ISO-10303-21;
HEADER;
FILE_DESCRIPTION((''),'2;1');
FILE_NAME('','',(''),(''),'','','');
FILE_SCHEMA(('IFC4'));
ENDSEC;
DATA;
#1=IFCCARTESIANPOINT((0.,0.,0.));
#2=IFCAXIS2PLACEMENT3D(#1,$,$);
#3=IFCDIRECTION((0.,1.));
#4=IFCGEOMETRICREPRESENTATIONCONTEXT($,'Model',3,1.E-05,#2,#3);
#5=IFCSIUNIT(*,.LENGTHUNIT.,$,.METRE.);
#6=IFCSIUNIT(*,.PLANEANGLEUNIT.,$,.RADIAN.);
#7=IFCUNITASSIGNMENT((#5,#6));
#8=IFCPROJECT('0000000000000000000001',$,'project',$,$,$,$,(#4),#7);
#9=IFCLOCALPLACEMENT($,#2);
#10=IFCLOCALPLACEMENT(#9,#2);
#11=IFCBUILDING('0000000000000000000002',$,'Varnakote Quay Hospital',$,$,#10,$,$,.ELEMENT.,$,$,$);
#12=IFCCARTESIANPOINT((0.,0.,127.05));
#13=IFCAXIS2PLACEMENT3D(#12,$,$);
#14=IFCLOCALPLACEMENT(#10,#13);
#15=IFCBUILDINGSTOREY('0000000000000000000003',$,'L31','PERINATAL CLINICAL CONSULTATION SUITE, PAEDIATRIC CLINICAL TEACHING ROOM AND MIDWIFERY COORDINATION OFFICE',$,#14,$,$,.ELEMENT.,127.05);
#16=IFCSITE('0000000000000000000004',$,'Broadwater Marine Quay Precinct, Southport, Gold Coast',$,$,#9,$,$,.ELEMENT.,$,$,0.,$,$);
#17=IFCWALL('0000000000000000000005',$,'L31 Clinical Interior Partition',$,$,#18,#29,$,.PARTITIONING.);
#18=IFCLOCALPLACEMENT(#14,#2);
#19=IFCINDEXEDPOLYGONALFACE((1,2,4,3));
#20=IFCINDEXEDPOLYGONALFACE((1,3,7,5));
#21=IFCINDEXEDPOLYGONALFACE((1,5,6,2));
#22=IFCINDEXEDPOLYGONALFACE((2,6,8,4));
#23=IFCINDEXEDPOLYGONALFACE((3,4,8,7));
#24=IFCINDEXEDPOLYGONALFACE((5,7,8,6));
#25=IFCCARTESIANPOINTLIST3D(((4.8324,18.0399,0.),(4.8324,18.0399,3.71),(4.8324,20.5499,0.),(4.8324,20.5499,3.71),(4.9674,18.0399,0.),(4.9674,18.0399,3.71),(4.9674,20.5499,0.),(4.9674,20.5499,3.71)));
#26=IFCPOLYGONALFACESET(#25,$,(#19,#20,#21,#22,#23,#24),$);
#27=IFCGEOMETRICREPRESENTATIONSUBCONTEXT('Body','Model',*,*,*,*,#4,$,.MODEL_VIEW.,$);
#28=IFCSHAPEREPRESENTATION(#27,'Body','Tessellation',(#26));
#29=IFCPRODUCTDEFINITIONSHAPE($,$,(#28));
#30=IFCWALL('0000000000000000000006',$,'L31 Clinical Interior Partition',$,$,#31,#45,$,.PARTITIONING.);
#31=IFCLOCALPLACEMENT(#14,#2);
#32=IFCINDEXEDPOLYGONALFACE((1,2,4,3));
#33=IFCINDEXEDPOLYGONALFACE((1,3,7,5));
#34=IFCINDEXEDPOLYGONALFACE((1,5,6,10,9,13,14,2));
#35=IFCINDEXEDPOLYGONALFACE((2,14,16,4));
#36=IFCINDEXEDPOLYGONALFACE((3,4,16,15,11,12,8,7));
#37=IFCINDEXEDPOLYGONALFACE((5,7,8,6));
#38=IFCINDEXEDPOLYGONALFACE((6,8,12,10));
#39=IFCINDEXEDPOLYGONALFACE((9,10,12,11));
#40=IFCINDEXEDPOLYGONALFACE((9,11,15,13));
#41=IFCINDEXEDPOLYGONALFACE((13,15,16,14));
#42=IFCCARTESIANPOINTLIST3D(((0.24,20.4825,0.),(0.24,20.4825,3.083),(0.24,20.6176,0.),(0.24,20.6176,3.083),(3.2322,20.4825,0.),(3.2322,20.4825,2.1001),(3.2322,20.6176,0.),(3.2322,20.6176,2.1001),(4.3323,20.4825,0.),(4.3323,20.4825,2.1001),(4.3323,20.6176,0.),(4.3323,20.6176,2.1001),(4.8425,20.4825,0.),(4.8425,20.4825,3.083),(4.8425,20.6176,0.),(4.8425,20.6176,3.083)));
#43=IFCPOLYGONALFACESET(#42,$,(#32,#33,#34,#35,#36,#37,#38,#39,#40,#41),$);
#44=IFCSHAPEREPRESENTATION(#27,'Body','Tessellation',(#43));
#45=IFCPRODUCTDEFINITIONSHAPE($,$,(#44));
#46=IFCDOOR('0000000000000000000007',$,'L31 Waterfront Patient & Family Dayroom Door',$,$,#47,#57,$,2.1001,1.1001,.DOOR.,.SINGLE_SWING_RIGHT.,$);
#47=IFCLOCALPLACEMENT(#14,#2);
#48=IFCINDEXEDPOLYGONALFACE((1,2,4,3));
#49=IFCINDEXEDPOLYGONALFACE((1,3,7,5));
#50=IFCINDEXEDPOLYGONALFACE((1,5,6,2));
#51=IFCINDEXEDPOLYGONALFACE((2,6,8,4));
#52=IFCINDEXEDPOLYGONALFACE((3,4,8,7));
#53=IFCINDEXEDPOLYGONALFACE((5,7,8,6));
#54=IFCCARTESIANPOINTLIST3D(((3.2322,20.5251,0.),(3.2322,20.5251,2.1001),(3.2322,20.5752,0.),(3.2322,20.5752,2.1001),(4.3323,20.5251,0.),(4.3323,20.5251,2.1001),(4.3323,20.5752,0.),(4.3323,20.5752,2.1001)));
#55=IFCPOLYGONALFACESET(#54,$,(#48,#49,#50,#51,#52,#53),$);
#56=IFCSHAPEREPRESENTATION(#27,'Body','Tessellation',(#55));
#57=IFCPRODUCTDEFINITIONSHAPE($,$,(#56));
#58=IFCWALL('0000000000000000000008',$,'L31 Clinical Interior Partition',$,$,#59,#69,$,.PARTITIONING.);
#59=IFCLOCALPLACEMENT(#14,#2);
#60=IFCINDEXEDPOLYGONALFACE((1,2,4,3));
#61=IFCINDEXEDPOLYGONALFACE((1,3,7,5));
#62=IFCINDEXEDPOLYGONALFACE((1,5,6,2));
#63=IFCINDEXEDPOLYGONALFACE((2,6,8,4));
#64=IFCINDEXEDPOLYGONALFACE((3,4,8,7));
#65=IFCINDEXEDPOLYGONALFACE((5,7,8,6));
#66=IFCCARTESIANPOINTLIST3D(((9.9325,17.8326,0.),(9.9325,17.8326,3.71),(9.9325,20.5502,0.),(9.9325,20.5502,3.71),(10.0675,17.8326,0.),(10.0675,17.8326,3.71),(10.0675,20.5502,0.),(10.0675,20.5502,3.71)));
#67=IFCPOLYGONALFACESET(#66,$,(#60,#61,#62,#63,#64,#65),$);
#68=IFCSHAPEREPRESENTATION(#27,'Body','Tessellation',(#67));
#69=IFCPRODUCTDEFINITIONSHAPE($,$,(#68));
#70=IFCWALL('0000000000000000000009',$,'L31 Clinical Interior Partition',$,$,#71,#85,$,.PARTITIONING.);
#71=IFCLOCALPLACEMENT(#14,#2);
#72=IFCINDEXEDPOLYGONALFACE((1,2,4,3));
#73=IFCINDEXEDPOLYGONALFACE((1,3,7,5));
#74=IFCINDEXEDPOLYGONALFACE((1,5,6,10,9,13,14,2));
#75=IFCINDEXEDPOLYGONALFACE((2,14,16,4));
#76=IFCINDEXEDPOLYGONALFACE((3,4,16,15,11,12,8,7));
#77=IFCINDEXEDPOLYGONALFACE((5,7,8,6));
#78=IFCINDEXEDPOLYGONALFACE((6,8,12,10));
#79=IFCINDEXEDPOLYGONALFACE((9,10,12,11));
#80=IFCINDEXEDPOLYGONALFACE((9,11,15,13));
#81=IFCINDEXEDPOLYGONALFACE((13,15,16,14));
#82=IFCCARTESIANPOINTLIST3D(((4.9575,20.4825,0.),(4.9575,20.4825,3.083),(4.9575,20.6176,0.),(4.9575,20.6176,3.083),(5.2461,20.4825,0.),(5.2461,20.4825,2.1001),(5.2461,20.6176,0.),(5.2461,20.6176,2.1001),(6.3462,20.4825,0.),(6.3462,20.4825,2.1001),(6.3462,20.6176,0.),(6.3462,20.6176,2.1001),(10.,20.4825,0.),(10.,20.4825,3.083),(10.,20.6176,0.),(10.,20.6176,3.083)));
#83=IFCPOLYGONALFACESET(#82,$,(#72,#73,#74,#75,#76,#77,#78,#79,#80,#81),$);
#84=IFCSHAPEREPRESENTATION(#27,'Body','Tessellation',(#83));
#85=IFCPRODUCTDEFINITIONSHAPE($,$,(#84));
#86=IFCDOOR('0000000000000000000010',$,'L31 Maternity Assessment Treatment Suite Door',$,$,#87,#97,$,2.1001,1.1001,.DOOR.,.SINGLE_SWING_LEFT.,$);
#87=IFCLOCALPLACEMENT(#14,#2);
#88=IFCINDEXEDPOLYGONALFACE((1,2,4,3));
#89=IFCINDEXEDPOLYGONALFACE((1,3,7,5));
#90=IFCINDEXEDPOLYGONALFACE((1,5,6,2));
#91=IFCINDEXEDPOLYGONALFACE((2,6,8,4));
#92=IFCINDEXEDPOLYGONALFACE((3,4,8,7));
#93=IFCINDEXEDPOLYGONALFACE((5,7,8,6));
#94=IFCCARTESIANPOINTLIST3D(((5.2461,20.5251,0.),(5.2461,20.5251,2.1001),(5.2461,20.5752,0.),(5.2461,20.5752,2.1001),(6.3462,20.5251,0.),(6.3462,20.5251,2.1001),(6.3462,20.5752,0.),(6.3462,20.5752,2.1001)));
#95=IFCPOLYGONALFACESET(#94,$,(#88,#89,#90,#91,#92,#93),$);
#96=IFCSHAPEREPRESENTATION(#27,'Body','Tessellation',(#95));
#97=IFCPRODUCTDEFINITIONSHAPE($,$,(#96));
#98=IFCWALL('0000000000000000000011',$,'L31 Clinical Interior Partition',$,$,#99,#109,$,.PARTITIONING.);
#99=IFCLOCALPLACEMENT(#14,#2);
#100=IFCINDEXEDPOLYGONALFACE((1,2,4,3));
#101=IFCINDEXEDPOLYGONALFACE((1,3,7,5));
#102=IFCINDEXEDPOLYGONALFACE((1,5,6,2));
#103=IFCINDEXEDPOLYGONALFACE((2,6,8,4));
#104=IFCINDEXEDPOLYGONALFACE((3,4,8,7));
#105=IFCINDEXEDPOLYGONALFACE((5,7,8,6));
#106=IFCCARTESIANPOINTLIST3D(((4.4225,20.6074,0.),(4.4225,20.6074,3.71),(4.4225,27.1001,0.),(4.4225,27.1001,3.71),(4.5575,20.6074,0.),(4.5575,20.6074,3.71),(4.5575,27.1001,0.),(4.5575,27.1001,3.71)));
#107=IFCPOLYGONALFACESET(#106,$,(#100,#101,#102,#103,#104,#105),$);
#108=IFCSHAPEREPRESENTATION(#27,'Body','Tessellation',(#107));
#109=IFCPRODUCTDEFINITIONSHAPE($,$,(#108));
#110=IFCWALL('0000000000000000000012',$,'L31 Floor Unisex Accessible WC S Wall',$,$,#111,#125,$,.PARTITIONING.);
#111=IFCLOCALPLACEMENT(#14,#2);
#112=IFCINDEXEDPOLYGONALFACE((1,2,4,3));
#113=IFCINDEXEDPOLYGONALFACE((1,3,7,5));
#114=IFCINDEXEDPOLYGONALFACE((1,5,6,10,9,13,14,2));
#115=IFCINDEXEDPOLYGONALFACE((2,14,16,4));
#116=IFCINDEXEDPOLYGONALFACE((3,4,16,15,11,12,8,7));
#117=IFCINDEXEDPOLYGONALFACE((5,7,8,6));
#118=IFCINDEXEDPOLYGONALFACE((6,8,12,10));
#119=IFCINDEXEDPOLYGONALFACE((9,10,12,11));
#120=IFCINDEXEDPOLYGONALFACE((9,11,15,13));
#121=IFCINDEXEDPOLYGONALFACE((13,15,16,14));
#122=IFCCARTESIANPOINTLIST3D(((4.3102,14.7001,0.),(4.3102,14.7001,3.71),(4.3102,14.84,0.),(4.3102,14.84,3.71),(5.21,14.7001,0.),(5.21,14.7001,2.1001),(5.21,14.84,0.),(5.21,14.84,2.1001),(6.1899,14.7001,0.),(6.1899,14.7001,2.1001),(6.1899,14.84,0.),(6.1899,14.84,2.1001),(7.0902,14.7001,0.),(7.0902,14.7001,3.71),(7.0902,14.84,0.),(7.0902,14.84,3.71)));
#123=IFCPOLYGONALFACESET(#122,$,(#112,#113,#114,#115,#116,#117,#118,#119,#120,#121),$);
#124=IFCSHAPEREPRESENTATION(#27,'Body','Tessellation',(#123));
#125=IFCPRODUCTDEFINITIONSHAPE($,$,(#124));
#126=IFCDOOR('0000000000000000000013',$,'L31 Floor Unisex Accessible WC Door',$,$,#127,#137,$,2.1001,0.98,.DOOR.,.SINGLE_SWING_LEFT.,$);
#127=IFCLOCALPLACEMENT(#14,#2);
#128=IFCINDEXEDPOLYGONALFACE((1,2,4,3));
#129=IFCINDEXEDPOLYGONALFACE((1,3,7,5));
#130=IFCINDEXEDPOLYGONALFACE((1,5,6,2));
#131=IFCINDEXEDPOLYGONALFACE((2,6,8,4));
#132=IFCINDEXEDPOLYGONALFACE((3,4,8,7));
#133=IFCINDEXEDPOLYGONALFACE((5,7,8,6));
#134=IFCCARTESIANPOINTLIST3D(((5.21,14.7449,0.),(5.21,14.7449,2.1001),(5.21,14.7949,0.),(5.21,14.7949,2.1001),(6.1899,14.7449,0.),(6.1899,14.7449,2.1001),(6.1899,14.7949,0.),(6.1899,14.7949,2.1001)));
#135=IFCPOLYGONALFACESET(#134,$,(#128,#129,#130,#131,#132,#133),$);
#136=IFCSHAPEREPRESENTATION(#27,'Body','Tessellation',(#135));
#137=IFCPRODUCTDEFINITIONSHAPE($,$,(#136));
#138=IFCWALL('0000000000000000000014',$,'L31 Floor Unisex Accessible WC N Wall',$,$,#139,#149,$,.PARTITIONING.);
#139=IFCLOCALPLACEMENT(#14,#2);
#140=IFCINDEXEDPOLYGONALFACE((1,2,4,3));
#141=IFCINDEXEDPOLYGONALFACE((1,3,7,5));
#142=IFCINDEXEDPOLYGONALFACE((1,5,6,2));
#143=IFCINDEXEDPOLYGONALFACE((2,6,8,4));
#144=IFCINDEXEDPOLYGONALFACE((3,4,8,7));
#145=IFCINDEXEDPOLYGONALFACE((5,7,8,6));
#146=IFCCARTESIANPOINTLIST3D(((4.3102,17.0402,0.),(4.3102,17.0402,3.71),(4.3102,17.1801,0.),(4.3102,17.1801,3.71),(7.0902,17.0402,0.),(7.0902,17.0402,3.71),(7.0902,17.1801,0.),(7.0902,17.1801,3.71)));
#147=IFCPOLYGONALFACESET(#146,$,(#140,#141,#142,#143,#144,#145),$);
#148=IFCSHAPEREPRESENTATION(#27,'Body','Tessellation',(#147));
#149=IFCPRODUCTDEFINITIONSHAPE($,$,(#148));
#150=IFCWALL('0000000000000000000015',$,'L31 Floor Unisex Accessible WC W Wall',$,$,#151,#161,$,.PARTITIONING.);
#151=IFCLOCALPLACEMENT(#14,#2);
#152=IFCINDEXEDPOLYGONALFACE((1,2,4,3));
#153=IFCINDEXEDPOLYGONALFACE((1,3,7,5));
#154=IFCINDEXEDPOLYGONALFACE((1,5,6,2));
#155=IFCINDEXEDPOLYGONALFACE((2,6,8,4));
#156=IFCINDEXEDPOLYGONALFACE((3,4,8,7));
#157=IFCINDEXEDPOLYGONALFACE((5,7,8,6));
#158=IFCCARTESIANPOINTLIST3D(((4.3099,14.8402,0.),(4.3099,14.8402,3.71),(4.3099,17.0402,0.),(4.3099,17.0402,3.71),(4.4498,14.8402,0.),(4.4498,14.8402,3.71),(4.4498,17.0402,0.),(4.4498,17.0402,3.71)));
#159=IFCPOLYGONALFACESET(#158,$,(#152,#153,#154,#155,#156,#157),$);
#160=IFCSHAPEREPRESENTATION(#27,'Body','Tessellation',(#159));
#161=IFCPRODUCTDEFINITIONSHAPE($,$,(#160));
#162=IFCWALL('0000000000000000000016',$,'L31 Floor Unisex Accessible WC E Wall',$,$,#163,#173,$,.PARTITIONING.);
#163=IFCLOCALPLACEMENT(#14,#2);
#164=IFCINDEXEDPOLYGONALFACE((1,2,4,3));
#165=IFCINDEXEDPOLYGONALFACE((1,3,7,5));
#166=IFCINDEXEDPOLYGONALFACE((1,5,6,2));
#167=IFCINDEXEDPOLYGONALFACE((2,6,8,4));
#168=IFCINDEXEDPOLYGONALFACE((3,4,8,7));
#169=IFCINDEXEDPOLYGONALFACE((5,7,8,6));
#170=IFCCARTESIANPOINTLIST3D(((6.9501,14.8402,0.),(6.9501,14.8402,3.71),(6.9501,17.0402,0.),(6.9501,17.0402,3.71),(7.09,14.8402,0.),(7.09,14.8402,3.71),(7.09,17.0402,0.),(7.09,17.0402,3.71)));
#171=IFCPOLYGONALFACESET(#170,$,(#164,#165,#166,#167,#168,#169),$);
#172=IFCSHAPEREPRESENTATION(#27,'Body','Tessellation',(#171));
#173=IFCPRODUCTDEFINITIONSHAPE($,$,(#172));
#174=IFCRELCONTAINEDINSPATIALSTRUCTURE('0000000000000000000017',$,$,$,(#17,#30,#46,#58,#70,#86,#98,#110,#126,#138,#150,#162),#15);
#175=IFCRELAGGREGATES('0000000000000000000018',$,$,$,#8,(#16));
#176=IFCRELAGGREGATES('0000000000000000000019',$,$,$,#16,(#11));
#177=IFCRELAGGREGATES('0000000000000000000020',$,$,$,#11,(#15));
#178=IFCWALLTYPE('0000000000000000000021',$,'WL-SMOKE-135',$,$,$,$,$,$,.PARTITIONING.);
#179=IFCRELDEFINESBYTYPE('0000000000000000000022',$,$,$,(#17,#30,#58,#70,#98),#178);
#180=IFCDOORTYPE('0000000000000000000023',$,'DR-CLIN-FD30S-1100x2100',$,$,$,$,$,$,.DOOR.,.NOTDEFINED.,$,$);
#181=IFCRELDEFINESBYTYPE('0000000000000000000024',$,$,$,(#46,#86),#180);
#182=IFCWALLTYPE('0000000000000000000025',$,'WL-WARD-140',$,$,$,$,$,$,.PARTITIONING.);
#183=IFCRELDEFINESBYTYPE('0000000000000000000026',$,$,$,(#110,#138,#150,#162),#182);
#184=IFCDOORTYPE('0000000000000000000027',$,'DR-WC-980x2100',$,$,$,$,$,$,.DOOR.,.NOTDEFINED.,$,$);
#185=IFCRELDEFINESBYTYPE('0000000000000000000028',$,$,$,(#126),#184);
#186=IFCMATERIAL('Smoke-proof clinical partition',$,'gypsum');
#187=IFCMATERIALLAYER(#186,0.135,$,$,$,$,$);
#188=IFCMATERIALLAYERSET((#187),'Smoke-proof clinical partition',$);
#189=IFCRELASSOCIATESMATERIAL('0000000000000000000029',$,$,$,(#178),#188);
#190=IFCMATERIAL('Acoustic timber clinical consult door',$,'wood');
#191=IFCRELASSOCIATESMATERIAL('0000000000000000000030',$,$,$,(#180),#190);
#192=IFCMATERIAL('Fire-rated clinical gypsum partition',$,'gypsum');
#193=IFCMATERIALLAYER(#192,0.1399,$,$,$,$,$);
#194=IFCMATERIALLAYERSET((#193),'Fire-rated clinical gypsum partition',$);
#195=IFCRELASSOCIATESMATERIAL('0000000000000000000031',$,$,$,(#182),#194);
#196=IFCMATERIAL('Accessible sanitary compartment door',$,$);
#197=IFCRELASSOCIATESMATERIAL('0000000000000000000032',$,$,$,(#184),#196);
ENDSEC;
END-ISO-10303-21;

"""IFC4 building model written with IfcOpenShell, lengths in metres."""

from ifc_helpers import new_model, si_unit, direction, frame, frame_2d, origin, place, context, subcontext, project, spatial, rectangle, extrude, material, layer, layer_set, type_object, element, fill, save


model = new_model("IFC4")

# Units and contexts
model_context = context("Model", 3, precision=1e-05, world=origin(), true_north=direction((0.0, 1.0)))
body_context = subcontext(model_context, "Body", "Model", "MODEL_VIEW")
ifc_project = project(units=[si_unit("LENGTHUNIT", "METRE"), si_unit("PLANEANGLEUNIT", "RADIAN")], contexts=[model_context])

# Site, building, storey
site_placement = place(None, origin())
site = spatial("IfcSite", under=ifc_project, at=site_placement, Name="Broadwater Marine Quay Precinct, Southport, Gold Coast", CompositionType="ELEMENT", RefElevation=0.0)
building_placement = place(site_placement, origin())
building = spatial("IfcBuilding", under=site, at=building_placement, Name="Varnakote Quay Hospital", CompositionType="ELEMENT")
storey_placement = place(building_placement, frame((0.0, 0.0, 127.05)))
storey = spatial("IfcBuildingStorey", under=building, at=storey_placement, Name="L31", Description="PERINATAL CLINICAL CONSULTATION SUITE, PAEDIATRIC CLINICAL TEACHING ROOM AND MIDWIFERY COORDINATION OFFICE", CompositionType="ELEMENT", Elevation=127.05)

# Wall
ifc_material_1 = material(Name="Smoke-proof clinical partition", Category="gypsum")
ifc_layer_1 = layer(ifc_material_1, 0.135)
ifc_layer_set_1 = layer_set([ifc_layer_1], Name="Smoke-proof clinical partition")
wall_type_1 = type_object("IfcWallType", Name="WL-SMOKE-135", PredefinedType="PARTITIONING", material=ifc_layer_set_1)
wall_1_placement = place(storey_placement, frame((4.8999, 18.04, 0.0), z_axis=(0.0, 0.0, 1.0), x_axis=(0.0, 1.0, 0.0)))
element("IfcWall", 1, at=wall_1_placement, inside=storey, type_object=wall_type_1, Name="L31 Clinical Interior Partition", PredefinedType="PARTITIONING", context=body_context, shape_type="SweptSolid", body=[
    extrude(rectangle(XDim=2.51, YDim=0.135, at=frame_2d((1.2549, 0.0))), origin(), (0.0, 0.0, 1.0), 3.71),
])

# Wall, opening, door
wall_2_placement = place(storey_placement, frame((4.8425, 20.55, 0.0), z_axis=(0.0, 0.0, 1.0), x_axis=(-1.0, 0.0, 0.0)))
wall_2 = element("IfcWall", 2, at=wall_2_placement, inside=storey, type_object=wall_type_1, Name="L31 Clinical Interior Partition", PredefinedType="PARTITIONING", context=body_context, shape_type="SweptSolid", body=[
    extrude(rectangle(XDim=4.6025, YDim=0.135, at=frame_2d((2.3013, 0.0))), origin(), (0.0, 0.0, 1.0), 3.083),
])
opening_1_placement = place(wall_2_placement, frame((0.5103, 0.0, 0.0)))
opening_1 = element("IfcOpeningElement", 3, at=opening_1_placement, cuts=wall_2, PredefinedType="OPENING", context=body_context, shape_type="SweptSolid", body=[
    extrude(rectangle(XDim=1.1001, YDim=2.1001, at=frame_2d((0.55, 1.05))), frame((0.0, 0.0774, 0.0), z_axis=(0.0, -1.0, 0.0), x_axis=(1.0, 0.0, 0.0)), (0.0, 0.0, 1.0), 0.155),
])
ifc_material_2 = material(Name="Acoustic timber clinical consult door", Category="wood")
door_type_1 = type_object("IfcDoorType", Name="DR-CLIN-FD30S-1100x2100", OperationType="NOTDEFINED", PredefinedType="DOOR", material=ifc_material_2)
door_1_placement = place(opening_1_placement, origin())
door_1 = element("IfcDoor", 4, at=door_1_placement, inside=storey, type_object=door_type_1, Name="L31 Waterfront Patient & Family Dayroom Door", OperationType="SINGLE_SWING_RIGHT", OverallHeight=2.1001, OverallWidth=1.1001, PredefinedType="DOOR", context=body_context, shape_type="SweptSolid", body=[
    extrude(rectangle(XDim=1.1001, YDim=2.1001, at=frame_2d((0.55, 1.05))), frame((0.0, 0.0249, 0.0), z_axis=(0.0, -1.0, 0.0), x_axis=(1.0, 0.0, 0.0)), (0.0, 0.0, 1.0), 0.05),
])
fill(opening_1, door_1)

# Wall
wall_3_placement = place(storey_placement, frame((10.0, 17.8325, 0.0), z_axis=(0.0, 0.0, 1.0), x_axis=(0.0, 1.0, 0.0)))
element("IfcWall", 5, at=wall_3_placement, inside=storey, type_object=wall_type_1, Name="L31 Clinical Interior Partition", PredefinedType="PARTITIONING", context=body_context, shape_type="SweptSolid", body=[
    extrude(rectangle(XDim=2.7175, YDim=0.135, at=frame_2d((1.3589, 0.0))), origin(), (0.0, 0.0, 1.0), 3.71),
])

# Wall, opening, door
wall_4_placement = place(storey_placement, frame((10.0, 20.55, 0.0), z_axis=(0.0, 0.0, 1.0), x_axis=(-1.0, 0.0, 0.0)))
wall_4 = element("IfcWall", 6, at=wall_4_placement, inside=storey, type_object=wall_type_1, Name="L31 Clinical Interior Partition", PredefinedType="PARTITIONING", context=body_context, shape_type="SweptSolid", body=[
    extrude(rectangle(XDim=5.0425, YDim=0.135, at=frame_2d((2.5212, 0.0))), origin(), (0.0, 0.0, 1.0), 3.083),
])
opening_2_placement = place(wall_4_placement, frame((3.6538, 0.0, 0.0)))
opening_2 = element("IfcOpeningElement", 7, at=opening_2_placement, cuts=wall_4, PredefinedType="OPENING", context=body_context, shape_type="SweptSolid", body=[
    extrude(rectangle(XDim=1.1001, YDim=2.1001, at=frame_2d((0.55, 1.05))), frame((0.0, 0.0774, 0.0), z_axis=(0.0, -1.0, 0.0), x_axis=(1.0, 0.0, 0.0)), (0.0, 0.0, 1.0), 0.155),
])
door_2_placement = place(opening_2_placement, origin())
door_2 = element("IfcDoor", 8, at=door_2_placement, inside=storey, type_object=door_type_1, Name="L31 Maternity Assessment Treatment Suite Door", OperationType="SINGLE_SWING_LEFT", OverallHeight=2.1001, OverallWidth=1.1001, PredefinedType="DOOR", context=body_context, shape_type="SweptSolid", body=[
    extrude(rectangle(XDim=1.1001, YDim=2.1001, at=frame_2d((0.55, 1.05))), frame((0.0, 0.0249, 0.0), z_axis=(0.0, -1.0, 0.0), x_axis=(1.0, 0.0, 0.0)), (0.0, 0.0, 1.0), 0.05),
])
fill(opening_2, door_2)

# Wall
wall_5_placement = place(storey_placement, frame((4.49, 20.6074, 0.0), z_axis=(0.0, 0.0, 1.0), x_axis=(0.0, 1.0, 0.0)))
element("IfcWall", 9, at=wall_5_placement, inside=storey, type_object=wall_type_1, Name="L31 Clinical Interior Partition", PredefinedType="PARTITIONING", context=body_context, shape_type="SweptSolid", body=[
    extrude(rectangle(XDim=6.4927, YDim=0.135, at=frame_2d((3.2463, 0.0))), origin(), (0.0, 0.0, 1.0), 3.71),
])

# Wall, opening, door
ifc_material_3 = material(Name="Fire-rated clinical gypsum partition", Category="gypsum")
ifc_layer_2 = layer(ifc_material_3, 0.1399)
ifc_layer_set_2 = layer_set([ifc_layer_2], Name="Fire-rated clinical gypsum partition")
wall_type_2 = type_object("IfcWallType", Name="WL-WARD-140", PredefinedType="PARTITIONING", material=ifc_layer_set_2)
wall_6_placement = place(storey_placement, frame((4.3101, 14.77, 0.0), z_axis=(0.0, 0.0, 1.0), x_axis=(1.0, 0.0, 0.0)))
wall_6 = element("IfcWall", 10, at=wall_6_placement, inside=storey, type_object=wall_type_2, Name="L31 Floor Unisex Accessible WC S Wall", PredefinedType="PARTITIONING", context=body_context, shape_type="SweptSolid", body=[
    extrude(rectangle(XDim=2.78, YDim=0.1399, at=frame_2d((1.3901, 0.0))), origin(), (0.0, 0.0, 1.0), 3.71),
])
opening_3_placement = place(wall_6_placement, frame((0.8999, 0.0, 0.0)))
opening_3 = element("IfcOpeningElement", 11, at=opening_3_placement, cuts=wall_6, PredefinedType="OPENING", context=body_context, shape_type="SweptSolid", body=[
    extrude(rectangle(XDim=0.98, YDim=2.1001, at=frame_2d((0.49, 1.05))), frame((0.0, 0.0798, 0.0), z_axis=(0.0, -1.0, 0.0), x_axis=(1.0, 0.0, 0.0)), (0.0, 0.0, 1.0), 0.1599),
])
ifc_material_4 = material(Name="Accessible sanitary compartment door")
door_type_2 = type_object("IfcDoorType", Name="DR-WC-980x2100", OperationType="NOTDEFINED", PredefinedType="DOOR", material=ifc_material_4)
door_3_placement = place(opening_3_placement, origin())
door_3 = element("IfcDoor", 12, at=door_3_placement, inside=storey, type_object=door_type_2, Name="L31 Floor Unisex Accessible WC Door", OperationType="SINGLE_SWING_LEFT", OverallHeight=2.1001, OverallWidth=0.98, PredefinedType="DOOR", context=body_context, shape_type="SweptSolid", body=[
    extrude(rectangle(XDim=0.98, YDim=2.1001, at=frame_2d((0.49, 1.05))), frame((0.0, 0.0249, 0.0), z_axis=(0.0, -1.0, 0.0), x_axis=(1.0, 0.0, 0.0)), (0.0, 0.0, 1.0), 0.05),
])
fill(opening_3, door_3)

# Walls
wall_7_placement = place(storey_placement, frame((4.3101, 17.1101, 0.0), z_axis=(0.0, 0.0, 1.0), x_axis=(1.0, 0.0, 0.0)))
element("IfcWall", 13, at=wall_7_placement, inside=storey, type_object=wall_type_2, Name="L31 Floor Unisex Accessible WC N Wall", PredefinedType="PARTITIONING", context=body_context, shape_type="SweptSolid", body=[
    extrude(rectangle(XDim=2.78, YDim=0.1399, at=frame_2d((1.3901, 0.0))), origin(), (0.0, 0.0, 1.0), 3.71),
])
for number, where, z_axis, x_axis, name in (
    (14, (4.3799, 14.8401, 0.0), (0.0, 0.0, 1.0), (0.0, 1.0, 0.0), "L31 Floor Unisex Accessible WC W Wall"),
    (15, (7.02, 14.8401, 0.0), (0.0, 0.0, 1.0), (0.0, 1.0, 0.0), "L31 Floor Unisex Accessible WC E Wall"),
):
    element("IfcWall", number, at=place(storey_placement, frame(where, z_axis=z_axis, x_axis=x_axis)), inside=storey, type_object=wall_type_2, Name=name, PredefinedType="PARTITIONING", context=body_context, shape_type="SweptSolid", body=[
        extrude(rectangle(XDim=2.2, YDim=0.1399, at=frame_2d((1.1001, 0.0))), origin(), (0.0, 0.0, 1.0), 3.71),
    ])

save(model, "model.ifc")
